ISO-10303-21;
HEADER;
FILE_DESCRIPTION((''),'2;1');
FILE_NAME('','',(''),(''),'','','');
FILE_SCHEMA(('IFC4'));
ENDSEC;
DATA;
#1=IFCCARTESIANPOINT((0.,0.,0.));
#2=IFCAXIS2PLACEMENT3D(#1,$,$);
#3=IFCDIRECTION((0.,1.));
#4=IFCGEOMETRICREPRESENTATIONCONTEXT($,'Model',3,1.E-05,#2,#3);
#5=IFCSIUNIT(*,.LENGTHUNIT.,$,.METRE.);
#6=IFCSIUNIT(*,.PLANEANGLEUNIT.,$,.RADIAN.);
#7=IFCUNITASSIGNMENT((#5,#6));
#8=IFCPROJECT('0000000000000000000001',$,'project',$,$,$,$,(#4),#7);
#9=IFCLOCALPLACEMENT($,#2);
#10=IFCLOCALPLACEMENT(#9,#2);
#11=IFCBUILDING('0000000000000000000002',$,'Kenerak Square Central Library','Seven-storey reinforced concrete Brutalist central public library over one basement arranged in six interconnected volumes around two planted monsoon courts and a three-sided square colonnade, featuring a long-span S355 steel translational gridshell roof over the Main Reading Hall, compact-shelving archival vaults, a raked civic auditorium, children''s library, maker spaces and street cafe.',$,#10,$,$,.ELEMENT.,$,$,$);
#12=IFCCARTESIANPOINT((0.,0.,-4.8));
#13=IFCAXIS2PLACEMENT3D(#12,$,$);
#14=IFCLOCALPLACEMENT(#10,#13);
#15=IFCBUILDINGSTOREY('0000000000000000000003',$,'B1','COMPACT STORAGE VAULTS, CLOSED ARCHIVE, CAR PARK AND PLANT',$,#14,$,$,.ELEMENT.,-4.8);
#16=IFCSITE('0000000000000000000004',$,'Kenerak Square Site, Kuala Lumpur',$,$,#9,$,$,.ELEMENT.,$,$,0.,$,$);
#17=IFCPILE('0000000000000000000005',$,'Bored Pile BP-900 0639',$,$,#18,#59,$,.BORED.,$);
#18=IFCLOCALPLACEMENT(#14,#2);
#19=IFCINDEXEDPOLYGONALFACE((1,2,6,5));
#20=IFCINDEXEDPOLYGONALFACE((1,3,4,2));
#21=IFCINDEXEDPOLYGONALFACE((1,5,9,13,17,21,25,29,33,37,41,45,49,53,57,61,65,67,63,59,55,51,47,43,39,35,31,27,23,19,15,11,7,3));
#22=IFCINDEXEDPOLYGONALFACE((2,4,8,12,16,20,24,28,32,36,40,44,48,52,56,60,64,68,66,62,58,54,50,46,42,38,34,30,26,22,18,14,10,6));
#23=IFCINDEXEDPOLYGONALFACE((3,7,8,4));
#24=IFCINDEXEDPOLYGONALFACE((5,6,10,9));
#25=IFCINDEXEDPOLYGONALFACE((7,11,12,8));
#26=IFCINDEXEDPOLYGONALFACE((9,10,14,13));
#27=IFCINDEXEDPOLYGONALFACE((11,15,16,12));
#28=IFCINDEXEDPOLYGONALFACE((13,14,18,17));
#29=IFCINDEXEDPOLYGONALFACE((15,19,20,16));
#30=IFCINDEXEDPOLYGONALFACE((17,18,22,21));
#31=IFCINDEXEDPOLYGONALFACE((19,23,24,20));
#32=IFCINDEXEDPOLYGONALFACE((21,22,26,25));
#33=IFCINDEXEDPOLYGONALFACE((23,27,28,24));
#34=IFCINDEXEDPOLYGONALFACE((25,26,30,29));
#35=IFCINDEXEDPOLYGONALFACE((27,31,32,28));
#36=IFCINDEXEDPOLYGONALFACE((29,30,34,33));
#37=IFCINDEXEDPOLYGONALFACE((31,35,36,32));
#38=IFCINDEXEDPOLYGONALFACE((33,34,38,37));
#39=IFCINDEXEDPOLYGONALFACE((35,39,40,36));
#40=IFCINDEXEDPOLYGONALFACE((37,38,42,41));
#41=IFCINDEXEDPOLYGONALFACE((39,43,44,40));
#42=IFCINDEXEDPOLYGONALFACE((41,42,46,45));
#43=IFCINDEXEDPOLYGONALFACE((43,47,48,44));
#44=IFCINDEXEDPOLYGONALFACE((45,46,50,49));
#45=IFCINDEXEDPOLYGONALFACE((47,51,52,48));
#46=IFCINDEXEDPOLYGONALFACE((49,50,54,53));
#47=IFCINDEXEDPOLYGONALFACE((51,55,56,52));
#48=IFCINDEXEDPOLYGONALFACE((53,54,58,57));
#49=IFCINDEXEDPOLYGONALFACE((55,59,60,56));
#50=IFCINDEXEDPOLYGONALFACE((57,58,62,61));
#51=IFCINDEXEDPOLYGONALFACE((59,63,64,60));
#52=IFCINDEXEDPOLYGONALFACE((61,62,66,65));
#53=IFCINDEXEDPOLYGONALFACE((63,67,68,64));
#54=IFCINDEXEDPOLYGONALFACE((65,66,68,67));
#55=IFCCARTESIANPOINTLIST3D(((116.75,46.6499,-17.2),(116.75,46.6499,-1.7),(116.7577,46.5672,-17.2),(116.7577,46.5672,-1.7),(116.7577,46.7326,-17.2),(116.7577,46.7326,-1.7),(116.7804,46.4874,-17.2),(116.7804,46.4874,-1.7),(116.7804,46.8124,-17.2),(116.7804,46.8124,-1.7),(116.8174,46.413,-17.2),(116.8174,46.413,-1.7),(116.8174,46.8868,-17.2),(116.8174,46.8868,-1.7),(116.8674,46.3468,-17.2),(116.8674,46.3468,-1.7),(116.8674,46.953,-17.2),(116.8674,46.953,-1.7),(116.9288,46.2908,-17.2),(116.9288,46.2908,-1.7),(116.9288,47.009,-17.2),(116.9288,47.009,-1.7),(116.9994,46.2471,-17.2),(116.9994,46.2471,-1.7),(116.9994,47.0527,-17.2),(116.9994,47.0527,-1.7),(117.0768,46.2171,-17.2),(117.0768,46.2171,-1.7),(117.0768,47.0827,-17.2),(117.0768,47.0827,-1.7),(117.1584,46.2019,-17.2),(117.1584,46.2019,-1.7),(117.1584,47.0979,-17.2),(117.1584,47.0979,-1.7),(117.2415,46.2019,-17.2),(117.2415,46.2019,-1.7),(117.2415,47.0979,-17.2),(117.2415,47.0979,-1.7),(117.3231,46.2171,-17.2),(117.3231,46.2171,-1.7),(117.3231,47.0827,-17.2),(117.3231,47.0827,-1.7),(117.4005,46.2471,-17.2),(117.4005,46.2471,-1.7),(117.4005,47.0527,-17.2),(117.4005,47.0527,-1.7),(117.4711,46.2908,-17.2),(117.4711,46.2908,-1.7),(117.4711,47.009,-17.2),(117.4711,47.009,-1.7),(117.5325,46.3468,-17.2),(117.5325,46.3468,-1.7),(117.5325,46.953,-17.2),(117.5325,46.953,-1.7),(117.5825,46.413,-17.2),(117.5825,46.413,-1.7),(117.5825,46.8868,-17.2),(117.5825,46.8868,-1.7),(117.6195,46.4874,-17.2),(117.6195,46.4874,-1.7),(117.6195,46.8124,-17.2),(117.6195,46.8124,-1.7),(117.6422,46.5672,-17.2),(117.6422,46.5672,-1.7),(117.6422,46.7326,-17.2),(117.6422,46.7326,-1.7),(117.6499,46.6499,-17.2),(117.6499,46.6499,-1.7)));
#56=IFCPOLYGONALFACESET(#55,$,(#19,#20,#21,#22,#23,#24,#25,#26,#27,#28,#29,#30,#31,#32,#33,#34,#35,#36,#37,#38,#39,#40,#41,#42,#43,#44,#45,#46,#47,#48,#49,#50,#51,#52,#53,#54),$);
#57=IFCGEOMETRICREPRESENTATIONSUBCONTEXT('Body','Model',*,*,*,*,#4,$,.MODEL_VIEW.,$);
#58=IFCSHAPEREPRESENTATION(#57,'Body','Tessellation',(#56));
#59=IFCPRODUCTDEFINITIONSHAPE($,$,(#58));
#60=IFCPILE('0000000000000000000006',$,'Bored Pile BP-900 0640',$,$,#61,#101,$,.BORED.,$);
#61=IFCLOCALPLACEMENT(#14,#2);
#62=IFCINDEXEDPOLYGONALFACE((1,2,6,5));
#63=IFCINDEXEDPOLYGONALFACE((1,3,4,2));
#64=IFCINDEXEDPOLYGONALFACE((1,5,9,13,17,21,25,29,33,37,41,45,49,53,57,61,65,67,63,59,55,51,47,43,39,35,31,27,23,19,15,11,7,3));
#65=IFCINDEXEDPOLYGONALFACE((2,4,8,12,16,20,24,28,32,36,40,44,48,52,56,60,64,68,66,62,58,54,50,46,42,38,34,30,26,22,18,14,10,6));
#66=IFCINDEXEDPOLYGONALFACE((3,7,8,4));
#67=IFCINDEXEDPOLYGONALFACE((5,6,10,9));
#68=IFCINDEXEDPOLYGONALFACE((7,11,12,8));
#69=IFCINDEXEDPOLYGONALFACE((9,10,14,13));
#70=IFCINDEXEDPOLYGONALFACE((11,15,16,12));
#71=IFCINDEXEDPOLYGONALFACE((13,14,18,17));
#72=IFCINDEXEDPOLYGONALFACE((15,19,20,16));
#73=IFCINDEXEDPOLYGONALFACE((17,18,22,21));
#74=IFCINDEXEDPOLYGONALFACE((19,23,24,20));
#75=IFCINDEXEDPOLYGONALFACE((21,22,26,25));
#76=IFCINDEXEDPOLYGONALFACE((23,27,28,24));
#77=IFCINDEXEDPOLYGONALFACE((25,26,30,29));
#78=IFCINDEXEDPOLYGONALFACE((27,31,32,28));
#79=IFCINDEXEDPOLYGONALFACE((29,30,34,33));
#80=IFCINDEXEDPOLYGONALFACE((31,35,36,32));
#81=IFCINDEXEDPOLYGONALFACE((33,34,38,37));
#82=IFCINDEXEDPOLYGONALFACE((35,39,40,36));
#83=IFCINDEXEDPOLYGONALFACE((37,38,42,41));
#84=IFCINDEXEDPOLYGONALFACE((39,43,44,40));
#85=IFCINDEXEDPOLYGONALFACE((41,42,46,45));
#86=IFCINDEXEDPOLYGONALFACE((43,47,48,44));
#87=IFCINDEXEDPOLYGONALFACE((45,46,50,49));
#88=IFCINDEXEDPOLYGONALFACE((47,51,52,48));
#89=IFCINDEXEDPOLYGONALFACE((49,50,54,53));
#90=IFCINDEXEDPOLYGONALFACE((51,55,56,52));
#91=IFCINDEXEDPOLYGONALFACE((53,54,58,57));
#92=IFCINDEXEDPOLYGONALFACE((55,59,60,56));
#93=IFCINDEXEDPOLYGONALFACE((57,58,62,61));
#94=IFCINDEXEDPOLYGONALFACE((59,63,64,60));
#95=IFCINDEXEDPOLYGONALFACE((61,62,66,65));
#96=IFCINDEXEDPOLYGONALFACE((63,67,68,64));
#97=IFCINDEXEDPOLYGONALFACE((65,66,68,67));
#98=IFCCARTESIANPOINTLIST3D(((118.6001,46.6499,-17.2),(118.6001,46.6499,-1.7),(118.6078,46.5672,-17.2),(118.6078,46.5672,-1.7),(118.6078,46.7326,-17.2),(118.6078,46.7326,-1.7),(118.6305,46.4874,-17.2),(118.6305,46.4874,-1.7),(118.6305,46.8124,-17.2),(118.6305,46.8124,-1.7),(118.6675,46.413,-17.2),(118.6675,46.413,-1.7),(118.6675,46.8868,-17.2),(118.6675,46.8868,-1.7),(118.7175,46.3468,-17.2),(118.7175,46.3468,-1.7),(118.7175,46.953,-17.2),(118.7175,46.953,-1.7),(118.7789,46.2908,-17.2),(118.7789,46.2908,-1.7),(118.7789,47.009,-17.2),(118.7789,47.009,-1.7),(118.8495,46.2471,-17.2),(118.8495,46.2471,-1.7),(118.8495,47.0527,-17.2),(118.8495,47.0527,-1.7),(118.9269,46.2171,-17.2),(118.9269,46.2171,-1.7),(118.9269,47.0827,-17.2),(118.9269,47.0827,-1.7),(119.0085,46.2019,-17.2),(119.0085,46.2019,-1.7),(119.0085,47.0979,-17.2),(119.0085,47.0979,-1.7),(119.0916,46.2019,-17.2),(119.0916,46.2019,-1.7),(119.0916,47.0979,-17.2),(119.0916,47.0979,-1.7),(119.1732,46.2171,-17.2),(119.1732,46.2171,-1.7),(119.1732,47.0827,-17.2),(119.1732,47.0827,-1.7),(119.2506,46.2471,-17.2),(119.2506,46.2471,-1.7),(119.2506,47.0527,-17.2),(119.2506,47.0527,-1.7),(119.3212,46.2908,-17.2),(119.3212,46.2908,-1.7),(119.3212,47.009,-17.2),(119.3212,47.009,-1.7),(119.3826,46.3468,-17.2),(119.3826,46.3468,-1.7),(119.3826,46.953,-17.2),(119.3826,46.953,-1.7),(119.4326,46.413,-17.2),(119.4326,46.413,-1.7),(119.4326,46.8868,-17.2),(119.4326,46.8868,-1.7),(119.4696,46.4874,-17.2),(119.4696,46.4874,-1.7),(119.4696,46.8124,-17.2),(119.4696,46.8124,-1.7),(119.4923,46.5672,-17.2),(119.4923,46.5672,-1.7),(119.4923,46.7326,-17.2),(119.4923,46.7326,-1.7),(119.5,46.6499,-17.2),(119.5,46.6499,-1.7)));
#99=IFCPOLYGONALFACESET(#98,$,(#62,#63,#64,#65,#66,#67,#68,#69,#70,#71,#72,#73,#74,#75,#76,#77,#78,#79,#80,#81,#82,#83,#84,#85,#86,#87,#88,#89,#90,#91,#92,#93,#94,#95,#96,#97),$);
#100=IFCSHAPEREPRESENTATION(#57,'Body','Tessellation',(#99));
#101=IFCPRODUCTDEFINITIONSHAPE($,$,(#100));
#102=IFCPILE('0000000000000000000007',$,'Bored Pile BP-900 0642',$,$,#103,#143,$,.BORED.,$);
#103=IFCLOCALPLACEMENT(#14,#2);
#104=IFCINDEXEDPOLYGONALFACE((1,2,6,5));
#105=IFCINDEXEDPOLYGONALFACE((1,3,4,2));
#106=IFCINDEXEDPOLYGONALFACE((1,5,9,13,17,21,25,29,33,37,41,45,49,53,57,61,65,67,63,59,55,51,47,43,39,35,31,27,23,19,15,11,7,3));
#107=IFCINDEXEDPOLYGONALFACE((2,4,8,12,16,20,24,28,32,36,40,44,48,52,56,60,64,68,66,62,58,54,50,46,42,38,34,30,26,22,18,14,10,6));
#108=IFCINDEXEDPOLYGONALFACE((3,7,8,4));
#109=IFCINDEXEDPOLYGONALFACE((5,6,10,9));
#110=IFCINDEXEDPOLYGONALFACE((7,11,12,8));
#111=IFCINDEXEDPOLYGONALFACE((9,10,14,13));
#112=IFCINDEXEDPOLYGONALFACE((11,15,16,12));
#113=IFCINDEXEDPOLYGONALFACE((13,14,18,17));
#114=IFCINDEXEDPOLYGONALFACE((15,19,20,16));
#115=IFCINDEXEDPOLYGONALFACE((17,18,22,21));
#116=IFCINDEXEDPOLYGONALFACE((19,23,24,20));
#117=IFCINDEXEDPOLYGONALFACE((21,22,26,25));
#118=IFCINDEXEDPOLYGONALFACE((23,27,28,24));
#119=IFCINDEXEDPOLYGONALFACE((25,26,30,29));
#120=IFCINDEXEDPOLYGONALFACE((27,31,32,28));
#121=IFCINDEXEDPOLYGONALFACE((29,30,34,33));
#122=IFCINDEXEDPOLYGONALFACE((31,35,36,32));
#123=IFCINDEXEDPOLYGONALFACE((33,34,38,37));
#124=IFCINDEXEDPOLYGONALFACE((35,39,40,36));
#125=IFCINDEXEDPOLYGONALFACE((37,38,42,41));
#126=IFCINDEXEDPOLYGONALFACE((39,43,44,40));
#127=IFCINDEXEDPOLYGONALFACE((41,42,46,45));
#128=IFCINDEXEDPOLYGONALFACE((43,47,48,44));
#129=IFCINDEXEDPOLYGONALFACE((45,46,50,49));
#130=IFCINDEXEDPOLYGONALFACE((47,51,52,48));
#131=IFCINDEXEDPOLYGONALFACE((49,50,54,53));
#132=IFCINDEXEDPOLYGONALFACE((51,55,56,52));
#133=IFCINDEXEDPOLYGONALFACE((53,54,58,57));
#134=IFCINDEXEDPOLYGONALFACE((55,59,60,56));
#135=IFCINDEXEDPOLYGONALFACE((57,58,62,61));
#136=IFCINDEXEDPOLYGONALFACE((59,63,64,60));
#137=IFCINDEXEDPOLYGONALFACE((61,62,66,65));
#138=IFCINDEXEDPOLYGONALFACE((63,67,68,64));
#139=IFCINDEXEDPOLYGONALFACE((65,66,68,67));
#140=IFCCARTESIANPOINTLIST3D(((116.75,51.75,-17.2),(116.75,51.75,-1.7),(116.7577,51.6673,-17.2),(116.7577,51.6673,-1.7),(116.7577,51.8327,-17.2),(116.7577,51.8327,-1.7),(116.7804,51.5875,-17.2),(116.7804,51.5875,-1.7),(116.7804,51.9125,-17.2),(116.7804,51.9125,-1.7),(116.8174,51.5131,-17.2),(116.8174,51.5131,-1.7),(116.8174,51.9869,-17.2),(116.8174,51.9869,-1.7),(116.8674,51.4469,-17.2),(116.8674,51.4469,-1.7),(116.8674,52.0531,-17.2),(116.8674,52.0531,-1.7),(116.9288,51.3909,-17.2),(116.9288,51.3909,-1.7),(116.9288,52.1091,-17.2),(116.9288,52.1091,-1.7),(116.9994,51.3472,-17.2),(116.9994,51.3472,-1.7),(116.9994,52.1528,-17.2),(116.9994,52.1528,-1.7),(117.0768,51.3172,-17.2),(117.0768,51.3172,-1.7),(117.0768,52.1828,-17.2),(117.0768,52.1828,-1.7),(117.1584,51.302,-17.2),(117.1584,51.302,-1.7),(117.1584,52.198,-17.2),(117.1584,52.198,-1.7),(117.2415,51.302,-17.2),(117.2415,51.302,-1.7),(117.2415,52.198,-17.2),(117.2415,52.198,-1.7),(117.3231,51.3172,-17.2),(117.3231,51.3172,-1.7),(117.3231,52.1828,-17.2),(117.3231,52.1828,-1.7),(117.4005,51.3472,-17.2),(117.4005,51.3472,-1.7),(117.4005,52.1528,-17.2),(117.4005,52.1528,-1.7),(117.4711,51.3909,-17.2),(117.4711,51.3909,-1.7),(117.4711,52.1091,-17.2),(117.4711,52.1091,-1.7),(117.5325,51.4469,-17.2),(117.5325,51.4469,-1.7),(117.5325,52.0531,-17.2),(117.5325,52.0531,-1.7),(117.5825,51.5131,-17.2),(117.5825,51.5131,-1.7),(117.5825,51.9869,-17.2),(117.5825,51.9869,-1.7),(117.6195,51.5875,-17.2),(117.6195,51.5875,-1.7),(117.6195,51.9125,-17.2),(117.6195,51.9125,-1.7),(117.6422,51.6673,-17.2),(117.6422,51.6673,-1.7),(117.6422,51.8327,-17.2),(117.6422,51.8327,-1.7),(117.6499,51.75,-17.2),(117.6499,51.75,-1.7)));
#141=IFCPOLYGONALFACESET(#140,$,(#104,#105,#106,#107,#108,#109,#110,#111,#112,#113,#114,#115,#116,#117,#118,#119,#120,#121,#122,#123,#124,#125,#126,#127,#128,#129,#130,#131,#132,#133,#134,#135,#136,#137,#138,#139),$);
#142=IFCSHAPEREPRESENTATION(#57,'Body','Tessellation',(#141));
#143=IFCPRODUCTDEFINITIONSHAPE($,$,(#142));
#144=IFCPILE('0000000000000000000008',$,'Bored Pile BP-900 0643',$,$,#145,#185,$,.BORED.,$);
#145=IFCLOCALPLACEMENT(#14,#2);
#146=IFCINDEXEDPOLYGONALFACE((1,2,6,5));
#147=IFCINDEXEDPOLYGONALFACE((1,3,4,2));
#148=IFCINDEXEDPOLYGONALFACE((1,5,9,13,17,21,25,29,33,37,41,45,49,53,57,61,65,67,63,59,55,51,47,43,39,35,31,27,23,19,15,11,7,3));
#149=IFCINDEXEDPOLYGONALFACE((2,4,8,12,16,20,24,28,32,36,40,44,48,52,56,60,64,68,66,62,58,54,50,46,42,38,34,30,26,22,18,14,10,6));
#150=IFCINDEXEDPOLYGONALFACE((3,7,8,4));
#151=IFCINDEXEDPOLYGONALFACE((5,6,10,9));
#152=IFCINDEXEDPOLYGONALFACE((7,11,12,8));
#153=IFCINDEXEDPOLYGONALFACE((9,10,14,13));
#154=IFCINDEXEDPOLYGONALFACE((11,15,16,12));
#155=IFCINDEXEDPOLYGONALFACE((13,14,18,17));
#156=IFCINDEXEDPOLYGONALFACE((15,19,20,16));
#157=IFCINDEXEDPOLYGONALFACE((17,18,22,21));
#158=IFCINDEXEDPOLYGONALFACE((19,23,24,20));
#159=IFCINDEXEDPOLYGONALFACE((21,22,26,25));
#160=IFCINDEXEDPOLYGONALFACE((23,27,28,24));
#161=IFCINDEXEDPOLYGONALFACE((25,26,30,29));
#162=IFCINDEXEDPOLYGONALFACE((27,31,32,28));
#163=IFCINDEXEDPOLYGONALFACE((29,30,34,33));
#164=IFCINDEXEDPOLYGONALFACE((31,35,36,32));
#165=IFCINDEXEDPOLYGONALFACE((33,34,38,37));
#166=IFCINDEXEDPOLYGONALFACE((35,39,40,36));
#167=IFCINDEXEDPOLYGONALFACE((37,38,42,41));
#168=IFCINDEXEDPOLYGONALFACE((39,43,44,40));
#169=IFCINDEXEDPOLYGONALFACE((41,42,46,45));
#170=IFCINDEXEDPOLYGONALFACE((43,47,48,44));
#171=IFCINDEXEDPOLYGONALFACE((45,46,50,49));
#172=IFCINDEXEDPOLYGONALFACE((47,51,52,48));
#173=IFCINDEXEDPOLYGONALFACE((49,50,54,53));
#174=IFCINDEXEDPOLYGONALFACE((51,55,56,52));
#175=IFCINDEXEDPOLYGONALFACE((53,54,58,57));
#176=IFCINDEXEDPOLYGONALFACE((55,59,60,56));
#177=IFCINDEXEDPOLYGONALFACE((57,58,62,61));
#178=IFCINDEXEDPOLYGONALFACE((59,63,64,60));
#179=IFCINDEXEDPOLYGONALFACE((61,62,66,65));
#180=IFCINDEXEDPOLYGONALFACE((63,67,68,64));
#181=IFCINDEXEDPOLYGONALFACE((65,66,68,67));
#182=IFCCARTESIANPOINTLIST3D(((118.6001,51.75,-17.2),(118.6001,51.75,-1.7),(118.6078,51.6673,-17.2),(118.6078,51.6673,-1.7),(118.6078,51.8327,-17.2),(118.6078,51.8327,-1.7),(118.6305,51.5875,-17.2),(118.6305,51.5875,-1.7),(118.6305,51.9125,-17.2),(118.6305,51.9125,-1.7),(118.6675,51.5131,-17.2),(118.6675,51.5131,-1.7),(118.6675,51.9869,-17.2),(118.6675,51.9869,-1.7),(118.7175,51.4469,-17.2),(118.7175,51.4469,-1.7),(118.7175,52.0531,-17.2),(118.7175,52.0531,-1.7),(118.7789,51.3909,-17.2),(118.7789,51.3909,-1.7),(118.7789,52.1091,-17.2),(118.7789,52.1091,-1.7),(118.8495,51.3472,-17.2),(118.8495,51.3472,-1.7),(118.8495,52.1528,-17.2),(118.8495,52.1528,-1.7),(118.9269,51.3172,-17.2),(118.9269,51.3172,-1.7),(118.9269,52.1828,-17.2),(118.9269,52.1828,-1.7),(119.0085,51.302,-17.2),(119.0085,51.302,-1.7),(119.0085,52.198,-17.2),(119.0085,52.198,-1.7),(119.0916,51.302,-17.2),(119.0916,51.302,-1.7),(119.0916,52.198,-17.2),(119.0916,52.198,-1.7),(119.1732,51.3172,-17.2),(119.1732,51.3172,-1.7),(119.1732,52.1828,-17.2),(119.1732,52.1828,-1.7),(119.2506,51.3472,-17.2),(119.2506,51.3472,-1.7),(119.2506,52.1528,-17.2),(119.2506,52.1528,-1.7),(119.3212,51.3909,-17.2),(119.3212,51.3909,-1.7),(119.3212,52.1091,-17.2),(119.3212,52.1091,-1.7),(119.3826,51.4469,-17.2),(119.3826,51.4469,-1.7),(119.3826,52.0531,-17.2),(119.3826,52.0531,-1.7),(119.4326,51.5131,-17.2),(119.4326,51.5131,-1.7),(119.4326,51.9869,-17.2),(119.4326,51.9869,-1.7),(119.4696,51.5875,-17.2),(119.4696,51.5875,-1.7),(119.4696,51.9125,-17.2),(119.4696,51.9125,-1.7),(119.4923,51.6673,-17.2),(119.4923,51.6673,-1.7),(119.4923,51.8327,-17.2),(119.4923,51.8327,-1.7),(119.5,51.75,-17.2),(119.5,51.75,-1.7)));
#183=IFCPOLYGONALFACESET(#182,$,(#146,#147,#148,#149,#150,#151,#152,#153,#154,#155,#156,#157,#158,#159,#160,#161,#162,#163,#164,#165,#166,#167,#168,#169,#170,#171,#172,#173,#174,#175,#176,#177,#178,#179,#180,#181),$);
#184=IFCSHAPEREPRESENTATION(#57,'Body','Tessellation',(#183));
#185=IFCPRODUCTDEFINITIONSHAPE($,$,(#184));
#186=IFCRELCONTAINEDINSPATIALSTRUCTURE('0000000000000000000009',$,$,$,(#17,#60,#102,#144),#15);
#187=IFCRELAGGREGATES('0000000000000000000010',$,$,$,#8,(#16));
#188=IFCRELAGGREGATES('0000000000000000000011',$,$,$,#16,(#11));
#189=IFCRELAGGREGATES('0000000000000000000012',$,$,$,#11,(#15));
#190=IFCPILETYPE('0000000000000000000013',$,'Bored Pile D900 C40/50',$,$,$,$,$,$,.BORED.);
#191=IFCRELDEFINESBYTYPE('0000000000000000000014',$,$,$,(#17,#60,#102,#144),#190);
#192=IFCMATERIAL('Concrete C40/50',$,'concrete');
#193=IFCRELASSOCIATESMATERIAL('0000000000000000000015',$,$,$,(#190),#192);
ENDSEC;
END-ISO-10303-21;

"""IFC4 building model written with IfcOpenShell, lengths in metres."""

from ifc_helpers import new_model, si_unit, direction, frame, origin, origin_2d, place, context, subcontext, project, spatial, circle, extrude, material, material_profile, profile_set, type_object, element, save


model = new_model("IFC4")

# Units and contexts
model_context = context("Model", 3, precision=1e-05, world=origin(), true_north=direction((0.0, 1.0)))
body_context = subcontext(model_context, "Body", "Model", "MODEL_VIEW")
ifc_project = project(units=[si_unit("LENGTHUNIT", "METRE"), si_unit("PLANEANGLEUNIT", "RADIAN")], contexts=[model_context])

# Site, building, storey
site_placement = place(None, origin())
site = spatial("IfcSite", under=ifc_project, at=site_placement, Name="Kenerak Square Site, Kuala Lumpur", CompositionType="ELEMENT", RefElevation=0.0)
building_placement = place(site_placement, origin())
building = spatial("IfcBuilding", under=site, at=building_placement, Name="Kenerak Square Central Library", Description="Seven-storey reinforced concrete Brutalist central public library over one basement arranged in six interconnected volumes around two planted monsoon courts and a three-sided square colonnade, featuring a long-span S355 steel translational gridshell roof over the Main Reading Hall, compact-shelving archival vaults, a raked civic auditorium, children's library, maker spaces and street cafe.", CompositionType="ELEMENT")
storey_placement = place(building_placement, frame((0.0, 0.0, -4.8)))
storey = spatial("IfcBuildingStorey", under=building, at=storey_placement, Name="B1", Description="COMPACT STORAGE VAULTS, CLOSED ARCHIVE, CAR PARK AND PLANT", CompositionType="ELEMENT", Elevation=-4.8)

# Piles
ifc_material_1 = material(Name="Concrete C40/50", Category="concrete")
ifc_material_profile_1 = material_profile(ifc_material_1, circle(Radius=0.45, at=origin_2d()), Name="BP D900")
ifc_profile_set_1 = profile_set([ifc_material_profile_1], Name="Concrete C40/50")
pile_type = type_object("IfcPileType", Name="Bored Pile D900 C40/50", PredefinedType="BORED", material=ifc_profile_set_1)
for number, where, z_axis, x_axis, name in (
    (1, (117.2, 46.6499, -1.7), (0.0, 0.0, -1.0), (1.0, 0.0, 0.0), "Bored Pile BP-900 0639"),
    (2, (119.05, 46.6499, -1.7), (0.0, 0.0, -1.0), (1.0, 0.0, 0.0), "Bored Pile BP-900 0640"),
    (3, (117.2, 51.75, -1.7), (0.0, 0.0, -1.0), (1.0, 0.0, 0.0), "Bored Pile BP-900 0642"),
    (4, (119.05, 51.75, -1.7), (0.0, 0.0, -1.0), (1.0, 0.0, 0.0), "Bored Pile BP-900 0643"),
):
    element("IfcPile", number, at=place(storey_placement, frame(where, z_axis=z_axis, x_axis=x_axis)), inside=storey, type_object=pile_type, Name=name, PredefinedType="BORED", context=body_context, shape_type="SweptSolid", body=[
        extrude(circle(Radius=0.45, at=origin_2d()), origin(), (0.0, 0.0, 1.0), 15.5),
    ])

save(model, "model.ifc")
